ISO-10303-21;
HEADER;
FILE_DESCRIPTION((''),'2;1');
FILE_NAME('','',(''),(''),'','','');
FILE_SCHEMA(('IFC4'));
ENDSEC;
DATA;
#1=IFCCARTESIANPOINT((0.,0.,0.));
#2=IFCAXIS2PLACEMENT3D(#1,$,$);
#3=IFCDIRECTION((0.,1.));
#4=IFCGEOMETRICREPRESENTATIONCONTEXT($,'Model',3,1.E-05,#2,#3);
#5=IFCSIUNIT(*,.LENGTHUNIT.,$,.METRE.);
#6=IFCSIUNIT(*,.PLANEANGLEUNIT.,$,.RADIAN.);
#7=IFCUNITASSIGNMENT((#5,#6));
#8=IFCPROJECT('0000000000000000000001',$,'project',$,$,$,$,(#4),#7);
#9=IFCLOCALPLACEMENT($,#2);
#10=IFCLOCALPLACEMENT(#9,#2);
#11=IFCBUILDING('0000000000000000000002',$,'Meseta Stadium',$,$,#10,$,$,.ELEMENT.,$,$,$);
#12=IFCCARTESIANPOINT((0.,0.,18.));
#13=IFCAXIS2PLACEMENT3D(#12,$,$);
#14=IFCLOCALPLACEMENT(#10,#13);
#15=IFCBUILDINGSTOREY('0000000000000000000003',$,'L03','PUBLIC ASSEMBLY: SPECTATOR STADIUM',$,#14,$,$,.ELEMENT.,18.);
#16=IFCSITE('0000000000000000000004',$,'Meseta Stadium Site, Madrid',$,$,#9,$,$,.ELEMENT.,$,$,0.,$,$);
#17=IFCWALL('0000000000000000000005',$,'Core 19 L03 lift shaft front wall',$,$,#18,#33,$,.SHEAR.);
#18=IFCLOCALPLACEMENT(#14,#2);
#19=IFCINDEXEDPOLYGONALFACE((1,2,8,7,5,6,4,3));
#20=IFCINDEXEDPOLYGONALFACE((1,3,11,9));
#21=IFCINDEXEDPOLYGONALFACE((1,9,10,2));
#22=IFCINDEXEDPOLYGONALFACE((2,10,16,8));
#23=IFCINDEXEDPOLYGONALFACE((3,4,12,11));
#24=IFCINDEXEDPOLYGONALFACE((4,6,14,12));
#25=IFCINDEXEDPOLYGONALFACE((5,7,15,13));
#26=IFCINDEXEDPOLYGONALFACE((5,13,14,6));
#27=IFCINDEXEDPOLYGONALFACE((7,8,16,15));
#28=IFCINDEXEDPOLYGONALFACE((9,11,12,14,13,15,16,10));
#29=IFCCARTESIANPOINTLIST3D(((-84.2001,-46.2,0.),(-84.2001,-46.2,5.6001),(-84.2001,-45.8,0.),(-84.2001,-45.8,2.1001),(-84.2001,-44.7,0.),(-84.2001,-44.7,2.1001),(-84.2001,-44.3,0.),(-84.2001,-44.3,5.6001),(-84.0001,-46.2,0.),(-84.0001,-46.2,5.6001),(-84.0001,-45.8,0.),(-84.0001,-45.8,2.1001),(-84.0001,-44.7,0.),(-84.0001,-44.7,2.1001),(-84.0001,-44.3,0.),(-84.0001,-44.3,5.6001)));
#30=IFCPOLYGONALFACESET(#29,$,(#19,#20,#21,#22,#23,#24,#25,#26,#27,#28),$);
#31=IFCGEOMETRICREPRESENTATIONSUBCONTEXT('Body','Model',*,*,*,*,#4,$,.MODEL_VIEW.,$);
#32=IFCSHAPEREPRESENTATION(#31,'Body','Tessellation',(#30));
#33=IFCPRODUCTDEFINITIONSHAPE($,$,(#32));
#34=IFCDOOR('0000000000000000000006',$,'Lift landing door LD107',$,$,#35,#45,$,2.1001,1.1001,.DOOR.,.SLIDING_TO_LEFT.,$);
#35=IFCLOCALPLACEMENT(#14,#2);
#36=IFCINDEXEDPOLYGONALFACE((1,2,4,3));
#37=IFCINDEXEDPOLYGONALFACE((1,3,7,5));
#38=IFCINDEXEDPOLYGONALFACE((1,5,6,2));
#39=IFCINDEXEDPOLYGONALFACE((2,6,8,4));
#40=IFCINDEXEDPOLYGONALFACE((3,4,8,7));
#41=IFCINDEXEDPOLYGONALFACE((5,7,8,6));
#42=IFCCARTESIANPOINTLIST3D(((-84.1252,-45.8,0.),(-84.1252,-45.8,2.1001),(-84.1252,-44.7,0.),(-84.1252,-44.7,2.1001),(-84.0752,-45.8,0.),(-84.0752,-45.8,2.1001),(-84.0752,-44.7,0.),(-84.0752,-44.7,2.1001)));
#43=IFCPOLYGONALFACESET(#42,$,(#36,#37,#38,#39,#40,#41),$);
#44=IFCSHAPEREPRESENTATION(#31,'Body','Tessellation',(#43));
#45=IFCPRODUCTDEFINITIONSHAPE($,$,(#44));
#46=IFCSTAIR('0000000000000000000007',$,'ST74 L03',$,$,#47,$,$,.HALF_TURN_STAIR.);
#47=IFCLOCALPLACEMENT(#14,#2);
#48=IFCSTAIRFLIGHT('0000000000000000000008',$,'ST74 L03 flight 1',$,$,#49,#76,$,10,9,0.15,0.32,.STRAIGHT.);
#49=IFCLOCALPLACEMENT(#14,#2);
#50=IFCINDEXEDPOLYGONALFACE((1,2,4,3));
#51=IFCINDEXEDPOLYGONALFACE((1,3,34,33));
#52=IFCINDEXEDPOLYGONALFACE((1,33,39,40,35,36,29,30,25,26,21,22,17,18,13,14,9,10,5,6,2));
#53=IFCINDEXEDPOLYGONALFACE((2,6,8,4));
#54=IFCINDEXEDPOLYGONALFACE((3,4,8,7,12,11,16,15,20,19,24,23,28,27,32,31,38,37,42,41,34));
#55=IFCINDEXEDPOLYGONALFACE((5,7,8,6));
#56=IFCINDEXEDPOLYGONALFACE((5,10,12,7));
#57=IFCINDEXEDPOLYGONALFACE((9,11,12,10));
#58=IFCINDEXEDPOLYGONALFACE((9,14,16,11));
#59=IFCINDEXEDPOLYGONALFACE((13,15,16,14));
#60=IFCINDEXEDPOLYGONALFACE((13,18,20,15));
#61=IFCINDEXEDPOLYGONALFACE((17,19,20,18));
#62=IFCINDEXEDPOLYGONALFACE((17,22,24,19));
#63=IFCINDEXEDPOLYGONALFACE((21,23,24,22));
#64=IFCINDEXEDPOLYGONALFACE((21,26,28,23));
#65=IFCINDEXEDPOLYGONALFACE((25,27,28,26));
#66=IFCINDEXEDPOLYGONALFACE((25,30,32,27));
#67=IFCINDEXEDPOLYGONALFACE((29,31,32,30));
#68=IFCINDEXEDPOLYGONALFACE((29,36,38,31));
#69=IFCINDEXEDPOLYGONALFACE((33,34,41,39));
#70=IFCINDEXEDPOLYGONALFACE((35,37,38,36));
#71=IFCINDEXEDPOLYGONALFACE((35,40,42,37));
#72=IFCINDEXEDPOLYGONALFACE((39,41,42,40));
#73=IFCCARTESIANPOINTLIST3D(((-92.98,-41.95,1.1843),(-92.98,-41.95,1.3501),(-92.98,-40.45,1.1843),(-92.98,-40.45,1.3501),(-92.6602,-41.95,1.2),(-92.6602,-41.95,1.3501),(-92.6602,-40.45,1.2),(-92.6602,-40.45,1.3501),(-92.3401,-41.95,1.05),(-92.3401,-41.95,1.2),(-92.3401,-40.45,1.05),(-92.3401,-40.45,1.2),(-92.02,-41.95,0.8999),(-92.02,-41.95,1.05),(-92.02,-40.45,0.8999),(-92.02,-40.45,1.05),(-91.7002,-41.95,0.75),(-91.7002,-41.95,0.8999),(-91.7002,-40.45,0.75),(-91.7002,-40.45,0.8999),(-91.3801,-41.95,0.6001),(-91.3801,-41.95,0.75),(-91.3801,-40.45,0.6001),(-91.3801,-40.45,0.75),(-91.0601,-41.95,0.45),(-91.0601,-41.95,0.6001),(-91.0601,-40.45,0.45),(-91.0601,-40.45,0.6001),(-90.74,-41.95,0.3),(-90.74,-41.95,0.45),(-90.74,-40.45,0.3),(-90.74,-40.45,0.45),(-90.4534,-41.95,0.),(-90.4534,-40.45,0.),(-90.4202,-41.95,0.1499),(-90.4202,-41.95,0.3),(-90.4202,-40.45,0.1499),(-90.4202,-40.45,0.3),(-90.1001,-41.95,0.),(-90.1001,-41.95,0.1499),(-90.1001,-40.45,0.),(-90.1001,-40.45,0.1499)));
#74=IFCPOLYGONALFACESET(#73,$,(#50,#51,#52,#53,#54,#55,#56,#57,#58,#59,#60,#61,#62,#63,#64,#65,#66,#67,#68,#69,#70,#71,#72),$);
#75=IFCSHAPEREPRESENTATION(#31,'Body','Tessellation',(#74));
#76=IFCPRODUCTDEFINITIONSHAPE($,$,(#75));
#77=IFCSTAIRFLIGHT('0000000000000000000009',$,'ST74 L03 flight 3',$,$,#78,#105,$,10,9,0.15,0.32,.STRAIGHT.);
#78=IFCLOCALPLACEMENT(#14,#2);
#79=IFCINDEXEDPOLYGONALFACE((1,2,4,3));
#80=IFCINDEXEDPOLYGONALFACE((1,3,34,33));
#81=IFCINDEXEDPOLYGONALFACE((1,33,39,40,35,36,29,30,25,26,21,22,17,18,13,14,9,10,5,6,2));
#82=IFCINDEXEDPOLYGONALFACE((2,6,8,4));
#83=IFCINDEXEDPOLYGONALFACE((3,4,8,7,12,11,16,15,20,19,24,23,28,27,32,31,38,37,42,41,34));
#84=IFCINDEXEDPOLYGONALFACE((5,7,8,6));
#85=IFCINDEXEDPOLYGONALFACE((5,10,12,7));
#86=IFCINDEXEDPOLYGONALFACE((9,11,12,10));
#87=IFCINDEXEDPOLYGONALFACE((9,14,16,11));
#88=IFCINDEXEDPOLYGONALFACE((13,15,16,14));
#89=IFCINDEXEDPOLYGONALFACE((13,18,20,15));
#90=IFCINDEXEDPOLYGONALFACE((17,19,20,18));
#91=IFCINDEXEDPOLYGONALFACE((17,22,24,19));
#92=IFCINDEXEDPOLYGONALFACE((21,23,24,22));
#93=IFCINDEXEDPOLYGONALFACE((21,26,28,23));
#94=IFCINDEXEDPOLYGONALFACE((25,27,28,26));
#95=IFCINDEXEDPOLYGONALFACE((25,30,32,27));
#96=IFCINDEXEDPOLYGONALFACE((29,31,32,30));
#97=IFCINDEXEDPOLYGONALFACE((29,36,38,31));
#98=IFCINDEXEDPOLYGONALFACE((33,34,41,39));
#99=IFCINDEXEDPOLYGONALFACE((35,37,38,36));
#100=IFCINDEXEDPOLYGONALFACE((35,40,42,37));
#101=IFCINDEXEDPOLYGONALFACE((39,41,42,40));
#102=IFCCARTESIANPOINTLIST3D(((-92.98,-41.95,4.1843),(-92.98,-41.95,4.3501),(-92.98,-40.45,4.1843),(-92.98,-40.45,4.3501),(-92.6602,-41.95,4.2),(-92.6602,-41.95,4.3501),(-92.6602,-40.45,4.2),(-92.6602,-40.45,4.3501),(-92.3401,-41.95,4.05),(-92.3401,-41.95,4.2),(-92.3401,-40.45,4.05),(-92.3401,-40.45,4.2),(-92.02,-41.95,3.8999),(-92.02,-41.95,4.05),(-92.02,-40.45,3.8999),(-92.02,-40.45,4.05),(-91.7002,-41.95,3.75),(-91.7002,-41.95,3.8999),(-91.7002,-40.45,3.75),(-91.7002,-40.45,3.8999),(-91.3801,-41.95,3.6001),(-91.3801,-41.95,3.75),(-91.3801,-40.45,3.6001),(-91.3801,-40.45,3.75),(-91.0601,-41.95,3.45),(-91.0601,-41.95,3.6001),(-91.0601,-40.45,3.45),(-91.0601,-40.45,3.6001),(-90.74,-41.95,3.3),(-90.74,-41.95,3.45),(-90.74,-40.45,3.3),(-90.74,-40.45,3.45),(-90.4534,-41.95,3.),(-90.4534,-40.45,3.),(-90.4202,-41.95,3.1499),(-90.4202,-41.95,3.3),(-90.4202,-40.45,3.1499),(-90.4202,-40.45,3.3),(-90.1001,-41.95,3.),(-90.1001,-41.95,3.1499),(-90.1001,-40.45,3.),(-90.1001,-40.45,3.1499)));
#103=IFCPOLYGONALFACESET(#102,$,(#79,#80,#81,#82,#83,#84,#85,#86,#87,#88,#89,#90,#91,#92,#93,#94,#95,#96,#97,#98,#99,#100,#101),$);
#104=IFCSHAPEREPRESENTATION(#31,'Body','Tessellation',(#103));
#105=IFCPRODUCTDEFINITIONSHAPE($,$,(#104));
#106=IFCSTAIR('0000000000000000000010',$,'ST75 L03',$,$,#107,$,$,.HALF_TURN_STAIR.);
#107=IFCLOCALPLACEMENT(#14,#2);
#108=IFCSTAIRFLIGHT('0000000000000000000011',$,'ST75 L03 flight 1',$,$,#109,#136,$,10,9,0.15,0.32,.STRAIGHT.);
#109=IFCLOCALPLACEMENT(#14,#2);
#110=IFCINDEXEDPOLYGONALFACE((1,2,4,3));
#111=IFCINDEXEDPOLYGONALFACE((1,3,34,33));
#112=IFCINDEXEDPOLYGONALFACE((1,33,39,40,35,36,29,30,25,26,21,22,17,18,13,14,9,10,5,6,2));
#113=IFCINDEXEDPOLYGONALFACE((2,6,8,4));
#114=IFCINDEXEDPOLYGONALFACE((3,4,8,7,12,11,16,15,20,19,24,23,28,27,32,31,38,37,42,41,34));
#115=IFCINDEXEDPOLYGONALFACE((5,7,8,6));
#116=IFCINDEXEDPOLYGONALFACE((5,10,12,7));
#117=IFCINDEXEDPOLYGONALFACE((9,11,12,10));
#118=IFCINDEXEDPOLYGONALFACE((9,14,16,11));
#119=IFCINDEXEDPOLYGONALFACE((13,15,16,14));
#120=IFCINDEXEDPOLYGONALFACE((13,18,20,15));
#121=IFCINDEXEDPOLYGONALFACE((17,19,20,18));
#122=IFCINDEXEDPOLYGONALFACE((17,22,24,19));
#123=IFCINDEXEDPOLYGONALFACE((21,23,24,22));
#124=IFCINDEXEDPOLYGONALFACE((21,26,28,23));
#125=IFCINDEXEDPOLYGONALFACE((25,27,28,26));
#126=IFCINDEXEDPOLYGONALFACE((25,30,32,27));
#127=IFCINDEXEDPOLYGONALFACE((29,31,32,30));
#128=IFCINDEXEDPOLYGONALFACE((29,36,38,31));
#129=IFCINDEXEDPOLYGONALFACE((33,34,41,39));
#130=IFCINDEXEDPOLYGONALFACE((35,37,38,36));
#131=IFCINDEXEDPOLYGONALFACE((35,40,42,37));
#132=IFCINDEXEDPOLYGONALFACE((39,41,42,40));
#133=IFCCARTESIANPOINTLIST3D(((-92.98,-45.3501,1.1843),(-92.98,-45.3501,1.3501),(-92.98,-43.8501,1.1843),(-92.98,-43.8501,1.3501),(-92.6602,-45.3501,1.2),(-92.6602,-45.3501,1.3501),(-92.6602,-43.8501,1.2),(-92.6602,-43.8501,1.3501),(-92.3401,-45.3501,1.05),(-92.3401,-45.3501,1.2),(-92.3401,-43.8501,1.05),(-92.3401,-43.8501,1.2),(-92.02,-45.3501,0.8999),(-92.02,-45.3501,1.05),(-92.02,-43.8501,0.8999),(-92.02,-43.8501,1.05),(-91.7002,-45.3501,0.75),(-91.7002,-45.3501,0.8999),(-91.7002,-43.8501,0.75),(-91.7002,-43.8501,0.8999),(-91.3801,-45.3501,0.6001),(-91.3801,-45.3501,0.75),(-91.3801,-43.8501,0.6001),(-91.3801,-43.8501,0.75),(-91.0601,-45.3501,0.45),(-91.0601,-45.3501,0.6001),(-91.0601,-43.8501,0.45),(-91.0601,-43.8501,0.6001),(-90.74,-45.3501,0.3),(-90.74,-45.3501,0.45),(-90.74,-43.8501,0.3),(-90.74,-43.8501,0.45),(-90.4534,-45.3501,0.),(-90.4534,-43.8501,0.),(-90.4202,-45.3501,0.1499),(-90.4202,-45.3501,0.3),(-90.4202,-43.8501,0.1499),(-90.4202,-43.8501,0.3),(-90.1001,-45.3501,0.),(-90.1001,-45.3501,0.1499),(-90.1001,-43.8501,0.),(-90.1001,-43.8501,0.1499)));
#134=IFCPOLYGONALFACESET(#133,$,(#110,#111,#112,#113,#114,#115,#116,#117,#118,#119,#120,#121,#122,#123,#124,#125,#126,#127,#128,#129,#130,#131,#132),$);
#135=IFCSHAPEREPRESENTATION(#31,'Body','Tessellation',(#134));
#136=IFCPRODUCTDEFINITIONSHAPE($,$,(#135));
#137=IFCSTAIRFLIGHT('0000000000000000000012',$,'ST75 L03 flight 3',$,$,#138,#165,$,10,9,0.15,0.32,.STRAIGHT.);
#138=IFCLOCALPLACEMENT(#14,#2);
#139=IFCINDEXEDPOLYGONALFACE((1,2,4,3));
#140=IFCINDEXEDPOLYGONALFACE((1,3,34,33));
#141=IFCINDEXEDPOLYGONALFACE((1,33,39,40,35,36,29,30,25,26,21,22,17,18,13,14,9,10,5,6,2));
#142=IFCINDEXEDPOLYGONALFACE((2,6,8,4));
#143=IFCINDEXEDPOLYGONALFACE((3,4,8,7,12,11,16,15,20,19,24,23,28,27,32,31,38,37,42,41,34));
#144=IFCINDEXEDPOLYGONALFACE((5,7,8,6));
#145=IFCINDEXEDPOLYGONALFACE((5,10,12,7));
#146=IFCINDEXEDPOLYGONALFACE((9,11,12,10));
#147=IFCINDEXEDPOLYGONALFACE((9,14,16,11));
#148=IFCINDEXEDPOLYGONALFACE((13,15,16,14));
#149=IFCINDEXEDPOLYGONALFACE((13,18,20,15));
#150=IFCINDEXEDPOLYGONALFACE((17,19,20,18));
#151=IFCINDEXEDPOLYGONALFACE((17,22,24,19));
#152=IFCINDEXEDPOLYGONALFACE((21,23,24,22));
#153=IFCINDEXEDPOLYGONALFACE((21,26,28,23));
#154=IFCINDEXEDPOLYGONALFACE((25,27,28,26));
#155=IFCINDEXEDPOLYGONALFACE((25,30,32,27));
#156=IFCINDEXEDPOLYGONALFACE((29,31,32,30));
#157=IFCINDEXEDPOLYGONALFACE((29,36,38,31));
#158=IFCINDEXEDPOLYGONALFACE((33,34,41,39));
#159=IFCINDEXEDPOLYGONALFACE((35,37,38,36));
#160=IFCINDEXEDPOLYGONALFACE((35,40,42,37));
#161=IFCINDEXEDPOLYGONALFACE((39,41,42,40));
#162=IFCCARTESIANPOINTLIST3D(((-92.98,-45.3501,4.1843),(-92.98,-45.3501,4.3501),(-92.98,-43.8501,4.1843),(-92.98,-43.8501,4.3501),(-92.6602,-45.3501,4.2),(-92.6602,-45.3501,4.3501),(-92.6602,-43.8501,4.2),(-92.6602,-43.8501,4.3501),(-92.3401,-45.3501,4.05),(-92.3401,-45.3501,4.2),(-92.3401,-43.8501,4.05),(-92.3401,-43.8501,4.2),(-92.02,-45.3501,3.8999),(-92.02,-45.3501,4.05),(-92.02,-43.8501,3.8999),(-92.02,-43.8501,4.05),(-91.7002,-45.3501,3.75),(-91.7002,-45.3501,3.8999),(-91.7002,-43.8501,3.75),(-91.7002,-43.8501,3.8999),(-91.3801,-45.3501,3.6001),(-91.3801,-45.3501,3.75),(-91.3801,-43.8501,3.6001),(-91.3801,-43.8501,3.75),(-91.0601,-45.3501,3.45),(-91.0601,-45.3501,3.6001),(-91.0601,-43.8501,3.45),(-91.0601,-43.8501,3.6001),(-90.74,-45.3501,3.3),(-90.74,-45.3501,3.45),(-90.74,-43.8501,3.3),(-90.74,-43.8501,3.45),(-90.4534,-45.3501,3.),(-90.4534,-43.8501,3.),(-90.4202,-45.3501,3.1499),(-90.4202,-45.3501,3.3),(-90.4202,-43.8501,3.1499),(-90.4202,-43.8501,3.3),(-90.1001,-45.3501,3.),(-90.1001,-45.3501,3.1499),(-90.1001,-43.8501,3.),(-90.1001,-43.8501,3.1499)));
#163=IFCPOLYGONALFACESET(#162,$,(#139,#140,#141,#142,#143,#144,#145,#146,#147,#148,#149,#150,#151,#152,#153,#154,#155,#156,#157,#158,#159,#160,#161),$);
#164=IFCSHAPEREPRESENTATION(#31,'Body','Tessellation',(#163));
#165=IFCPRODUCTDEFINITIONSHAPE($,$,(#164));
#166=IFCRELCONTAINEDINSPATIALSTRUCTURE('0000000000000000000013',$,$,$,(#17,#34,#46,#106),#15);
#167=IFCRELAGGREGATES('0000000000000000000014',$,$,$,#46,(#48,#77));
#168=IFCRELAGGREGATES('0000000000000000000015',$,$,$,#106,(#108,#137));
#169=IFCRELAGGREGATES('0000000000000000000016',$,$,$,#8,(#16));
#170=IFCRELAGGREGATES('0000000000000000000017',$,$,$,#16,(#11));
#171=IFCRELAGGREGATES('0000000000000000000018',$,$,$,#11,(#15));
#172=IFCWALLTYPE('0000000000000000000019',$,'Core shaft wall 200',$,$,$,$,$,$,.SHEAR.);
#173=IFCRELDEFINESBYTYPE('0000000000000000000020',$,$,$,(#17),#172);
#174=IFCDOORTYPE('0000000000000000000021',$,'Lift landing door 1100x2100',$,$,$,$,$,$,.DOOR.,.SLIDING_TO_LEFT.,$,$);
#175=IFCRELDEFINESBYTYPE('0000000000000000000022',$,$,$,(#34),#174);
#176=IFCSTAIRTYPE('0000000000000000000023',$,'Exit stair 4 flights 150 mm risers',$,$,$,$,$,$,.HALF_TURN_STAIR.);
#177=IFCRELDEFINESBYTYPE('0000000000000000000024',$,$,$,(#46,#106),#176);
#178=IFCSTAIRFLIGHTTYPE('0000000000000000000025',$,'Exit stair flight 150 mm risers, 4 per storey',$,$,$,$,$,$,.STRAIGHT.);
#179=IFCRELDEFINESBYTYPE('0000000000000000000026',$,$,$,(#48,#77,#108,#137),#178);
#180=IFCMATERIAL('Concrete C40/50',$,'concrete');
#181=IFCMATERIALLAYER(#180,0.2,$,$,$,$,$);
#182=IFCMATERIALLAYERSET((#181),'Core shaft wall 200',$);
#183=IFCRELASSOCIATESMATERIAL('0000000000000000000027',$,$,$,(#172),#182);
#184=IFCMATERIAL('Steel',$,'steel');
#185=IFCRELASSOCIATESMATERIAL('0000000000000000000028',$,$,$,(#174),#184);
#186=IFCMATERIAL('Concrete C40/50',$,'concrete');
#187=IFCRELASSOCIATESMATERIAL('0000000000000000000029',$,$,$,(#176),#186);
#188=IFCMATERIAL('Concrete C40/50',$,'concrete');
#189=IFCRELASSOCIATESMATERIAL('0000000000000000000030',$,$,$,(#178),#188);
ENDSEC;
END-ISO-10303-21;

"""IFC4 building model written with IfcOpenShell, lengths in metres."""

from ifc_helpers import new_model, si_unit, direction, frame, frame_2d, origin, place, context, subcontext, project, spatial, polyline, rectangle, outline, extrude, material, layer, layer_set, type_object, element, fill, aggregate, save


model = new_model("IFC4")

# Units and contexts
model_context = context("Model", 3, precision=1e-05, world=origin(), true_north=direction((0.0, 1.0)))
body_context = subcontext(model_context, "Body", "Model", "MODEL_VIEW")
ifc_project = project(units=[si_unit("LENGTHUNIT", "METRE"), si_unit("PLANEANGLEUNIT", "RADIAN")], contexts=[model_context])

# Site, building, storey
site_placement = place(None, origin())
site = spatial("IfcSite", under=ifc_project, at=site_placement, Name="Meseta Stadium Site, Madrid", CompositionType="ELEMENT", RefElevation=0.0)
building_placement = place(site_placement, origin())
building = spatial("IfcBuilding", under=site, at=building_placement, Name="Meseta Stadium", CompositionType="ELEMENT")
storey_placement = place(building_placement, frame((0.0, 0.0, 18.0)))
storey = spatial("IfcBuildingStorey", under=building, at=storey_placement, Name="L03", Description="PUBLIC ASSEMBLY: SPECTATOR STADIUM", CompositionType="ELEMENT", Elevation=18.0)

# Shared definitions
ifc_material_1 = material(Name="Concrete C40/50", Category="concrete")
ifc_layer = layer(ifc_material_1, 0.2)
ifc_layer_set = layer_set([ifc_layer], Name="Core shaft wall 200")
wall_type = type_object("IfcWallType", Name="Core shaft wall 200", PredefinedType="SHEAR", material=ifc_layer_set)

# Wall, opening, door
wall_1_placement = place(storey_placement, frame((-84.1001, -44.3, 0.0), z_axis=(0.0, 0.0, 1.0), x_axis=(0.0, -1.0, 0.0)))
wall_1 = element("IfcWall", 1, at=wall_1_placement, inside=storey, type_object=wall_type, Name="Core 19 L03 lift shaft front wall", PredefinedType="SHEAR", context=body_context, shape_type="SweptSolid", body=[
    extrude(rectangle(XDim=1.8999, YDim=0.2, at=frame_2d((0.95, 0.0))), origin(), (0.0, 0.0, 1.0), 5.6001),
])
opening_1_placement = place(wall_1_placement, frame((0.3999, 0.0, 0.0)))
opening_1 = element("IfcOpeningElement", 2, at=opening_1_placement, cuts=wall_1, PredefinedType="OPENING", context=body_context, shape_type="SweptSolid", body=[
    extrude(rectangle(XDim=1.1001, YDim=2.1001, at=frame_2d((0.55, 1.05))), frame((0.0, 0.1099, 0.0), z_axis=(0.0, -1.0, 0.0), x_axis=(1.0, 0.0, 0.0)), (0.0, 0.0, 1.0), 0.22),
])
ifc_material_2 = material(Name="Steel", Category="steel")
door_type_1 = type_object("IfcDoorType", Name="Lift landing door 1100x2100", OperationType="SLIDING_TO_LEFT", PredefinedType="DOOR", material=ifc_material_2)
door_1_placement = place(opening_1_placement, origin())
door_1 = element("IfcDoor", 3, at=door_1_placement, inside=storey, type_object=door_type_1, Name="Lift landing door LD107", OperationType="SLIDING_TO_LEFT", OverallHeight=2.1001, OverallWidth=1.1001, PredefinedType="DOOR", context=body_context, shape_type="SweptSolid", body=[
    extrude(rectangle(XDim=1.1001, YDim=2.1001, at=frame_2d((0.55, 1.05))), frame((0.0, 0.0249, 0.0), z_axis=(0.0, -1.0, 0.0), x_axis=(1.0, 0.0, 0.0)), (0.0, 0.0, 1.0), 0.05),
])
fill(opening_1, door_1)

# Stairs, stair flights
ifc_material_3 = material(Name="Concrete C40/50", Category="concrete")
stair_type = type_object("IfcStairType", Name="Exit stair 4 flights 150 mm risers", PredefinedType="HALF_TURN_STAIR", material=ifc_material_3)
stair_1_placement = place(storey_placement, origin())
stair_1 = element("IfcStair", 4, at=stair_1_placement, inside=storey, type_object=stair_type, Name="ST74 L03", PredefinedType="HALF_TURN_STAIR")
ifc_material_4 = material(Name="Concrete C40/50", Category="concrete")
stair_flight_type = type_object("IfcStairFlightType", Name="Exit stair flight 150 mm risers, 4 per storey", PredefinedType="STRAIGHT", material=ifc_material_4)
stair_flight_1_placement = place(storey_placement, frame((-90.1001, -41.2, 0.0), z_axis=(0.0, 0.0, 1.0), x_axis=(-1.0, 0.0, 0.0)))
stair_flight_1 = element("IfcStairFlight", 5, at=stair_flight_1_placement, type_object=stair_flight_type, Name="ST74 L03 flight 1", NumberOfRisers=10, NumberOfTreads=9, PredefinedType="STRAIGHT", RiserHeight=0.15, TreadLength=0.32, context=body_context, shape_type="SweptSolid", body=[
    extrude(outline(polyline([(0.0, 0.0), (0.0, 0.1499), (0.3201, 0.1499), (0.3201, 0.3), (0.6399, 0.3), (0.6399, 0.45), (0.96, 0.45), (0.96, 0.6001), (1.28, 0.6001), (1.28, 0.75), (1.6001, 0.75), (1.6001, 0.8999), (1.9199, 0.8999), (1.9199, 1.05), (2.24, 1.05), (2.24, 1.2), (2.5601, 1.2), (2.5601, 1.3501), (2.8799, 1.3501), (2.8799, 1.1843), (0.3533, 0.0), (0.0, 0.0)])), frame((0.0, 0.75, 0.0), z_axis=(0.0, -1.0, 0.0), x_axis=(1.0, 0.0, 0.0)), (0.0, 0.0, 1.0), 1.5),
])
stair_flight_2_placement = place(storey_placement, frame((-90.1001, -41.2, 3.0), z_axis=(0.0, 0.0, 1.0), x_axis=(-1.0, 0.0, 0.0)))
stair_flight_2 = element("IfcStairFlight", 6, at=stair_flight_2_placement, type_object=stair_flight_type, Name="ST74 L03 flight 3", NumberOfRisers=10, NumberOfTreads=9, PredefinedType="STRAIGHT", RiserHeight=0.15, TreadLength=0.32, context=body_context, shape_type="SweptSolid", body=[
    extrude(outline(polyline([(0.0, 0.0), (0.0, 0.1499), (0.3201, 0.1499), (0.3201, 0.3), (0.6399, 0.3), (0.6399, 0.45), (0.96, 0.45), (0.96, 0.6001), (1.28, 0.6001), (1.28, 0.75), (1.6001, 0.75), (1.6001, 0.8999), (1.9199, 0.8999), (1.9199, 1.05), (2.24, 1.05), (2.24, 1.2), (2.5601, 1.2), (2.5601, 1.3501), (2.8799, 1.3501), (2.8799, 1.1843), (0.3533, 0.0), (0.0, 0.0)])), frame((0.0, 0.75, 0.0), z_axis=(0.0, -1.0, 0.0), x_axis=(1.0, 0.0, 0.0)), (0.0, 0.0, 1.0), 1.5),
])
aggregate(stair_1, [stair_flight_1, stair_flight_2])
stair_2_placement = place(storey_placement, origin())
stair_2 = element("IfcStair", 7, at=stair_2_placement, inside=storey, type_object=stair_type, Name="ST75 L03", PredefinedType="HALF_TURN_STAIR")
stair_flight_3_placement = place(storey_placement, frame((-90.1001, -44.6001, 0.0), z_axis=(0.0, 0.0, 1.0), x_axis=(-1.0, 0.0, 0.0)))
stair_flight_3 = element("IfcStairFlight", 8, at=stair_flight_3_placement, type_object=stair_flight_type, Name="ST75 L03 flight 1", NumberOfRisers=10, NumberOfTreads=9, PredefinedType="STRAIGHT", RiserHeight=0.15, TreadLength=0.32, context=body_context, shape_type="SweptSolid", body=[
    extrude(outline(polyline([(0.0, 0.0), (0.0, 0.1499), (0.3201, 0.1499), (0.3201, 0.3), (0.6399, 0.3), (0.6399, 0.45), (0.96, 0.45), (0.96, 0.6001), (1.28, 0.6001), (1.28, 0.75), (1.6001, 0.75), (1.6001, 0.8999), (1.9199, 0.8999), (1.9199, 1.05), (2.24, 1.05), (2.24, 1.2), (2.5601, 1.2), (2.5601, 1.3501), (2.8799, 1.3501), (2.8799, 1.1843), (0.3533, 0.0), (0.0, 0.0)])), frame((0.0, 0.75, 0.0), z_axis=(0.0, -1.0, 0.0), x_axis=(1.0, 0.0, 0.0)), (0.0, 0.0, 1.0), 1.5),
])
stair_flight_4_placement = place(storey_placement, frame((-90.1001, -44.6001, 3.0), z_axis=(0.0, 0.0, 1.0), x_axis=(-1.0, 0.0, 0.0)))
stair_flight_4 = element("IfcStairFlight", 9, at=stair_flight_4_placement, type_object=stair_flight_type, Name="ST75 L03 flight 3", NumberOfRisers=10, NumberOfTreads=9, PredefinedType="STRAIGHT", RiserHeight=0.15, TreadLength=0.32, context=body_context, shape_type="SweptSolid", body=[
    extrude(outline(polyline([(0.0, 0.0), (0.0, 0.1499), (0.3201, 0.1499), (0.3201, 0.3), (0.6399, 0.3), (0.6399, 0.45), (0.96, 0.45), (0.96, 0.6001), (1.28, 0.6001), (1.28, 0.75), (1.6001, 0.75), (1.6001, 0.8999), (1.9199, 0.8999), (1.9199, 1.05), (2.24, 1.05), (2.24, 1.2), (2.5601, 1.2), (2.5601, 1.3501), (2.8799, 1.3501), (2.8799, 1.1843), (0.3533, 0.0), (0.0, 0.0)])), frame((0.0, 0.75, 0.0), z_axis=(0.0, -1.0, 0.0), x_axis=(1.0, 0.0, 0.0)), (0.0, 0.0, 1.0), 1.5),
])
aggregate(stair_2, [stair_flight_3, stair_flight_4])

save(model, "model.ifc")
